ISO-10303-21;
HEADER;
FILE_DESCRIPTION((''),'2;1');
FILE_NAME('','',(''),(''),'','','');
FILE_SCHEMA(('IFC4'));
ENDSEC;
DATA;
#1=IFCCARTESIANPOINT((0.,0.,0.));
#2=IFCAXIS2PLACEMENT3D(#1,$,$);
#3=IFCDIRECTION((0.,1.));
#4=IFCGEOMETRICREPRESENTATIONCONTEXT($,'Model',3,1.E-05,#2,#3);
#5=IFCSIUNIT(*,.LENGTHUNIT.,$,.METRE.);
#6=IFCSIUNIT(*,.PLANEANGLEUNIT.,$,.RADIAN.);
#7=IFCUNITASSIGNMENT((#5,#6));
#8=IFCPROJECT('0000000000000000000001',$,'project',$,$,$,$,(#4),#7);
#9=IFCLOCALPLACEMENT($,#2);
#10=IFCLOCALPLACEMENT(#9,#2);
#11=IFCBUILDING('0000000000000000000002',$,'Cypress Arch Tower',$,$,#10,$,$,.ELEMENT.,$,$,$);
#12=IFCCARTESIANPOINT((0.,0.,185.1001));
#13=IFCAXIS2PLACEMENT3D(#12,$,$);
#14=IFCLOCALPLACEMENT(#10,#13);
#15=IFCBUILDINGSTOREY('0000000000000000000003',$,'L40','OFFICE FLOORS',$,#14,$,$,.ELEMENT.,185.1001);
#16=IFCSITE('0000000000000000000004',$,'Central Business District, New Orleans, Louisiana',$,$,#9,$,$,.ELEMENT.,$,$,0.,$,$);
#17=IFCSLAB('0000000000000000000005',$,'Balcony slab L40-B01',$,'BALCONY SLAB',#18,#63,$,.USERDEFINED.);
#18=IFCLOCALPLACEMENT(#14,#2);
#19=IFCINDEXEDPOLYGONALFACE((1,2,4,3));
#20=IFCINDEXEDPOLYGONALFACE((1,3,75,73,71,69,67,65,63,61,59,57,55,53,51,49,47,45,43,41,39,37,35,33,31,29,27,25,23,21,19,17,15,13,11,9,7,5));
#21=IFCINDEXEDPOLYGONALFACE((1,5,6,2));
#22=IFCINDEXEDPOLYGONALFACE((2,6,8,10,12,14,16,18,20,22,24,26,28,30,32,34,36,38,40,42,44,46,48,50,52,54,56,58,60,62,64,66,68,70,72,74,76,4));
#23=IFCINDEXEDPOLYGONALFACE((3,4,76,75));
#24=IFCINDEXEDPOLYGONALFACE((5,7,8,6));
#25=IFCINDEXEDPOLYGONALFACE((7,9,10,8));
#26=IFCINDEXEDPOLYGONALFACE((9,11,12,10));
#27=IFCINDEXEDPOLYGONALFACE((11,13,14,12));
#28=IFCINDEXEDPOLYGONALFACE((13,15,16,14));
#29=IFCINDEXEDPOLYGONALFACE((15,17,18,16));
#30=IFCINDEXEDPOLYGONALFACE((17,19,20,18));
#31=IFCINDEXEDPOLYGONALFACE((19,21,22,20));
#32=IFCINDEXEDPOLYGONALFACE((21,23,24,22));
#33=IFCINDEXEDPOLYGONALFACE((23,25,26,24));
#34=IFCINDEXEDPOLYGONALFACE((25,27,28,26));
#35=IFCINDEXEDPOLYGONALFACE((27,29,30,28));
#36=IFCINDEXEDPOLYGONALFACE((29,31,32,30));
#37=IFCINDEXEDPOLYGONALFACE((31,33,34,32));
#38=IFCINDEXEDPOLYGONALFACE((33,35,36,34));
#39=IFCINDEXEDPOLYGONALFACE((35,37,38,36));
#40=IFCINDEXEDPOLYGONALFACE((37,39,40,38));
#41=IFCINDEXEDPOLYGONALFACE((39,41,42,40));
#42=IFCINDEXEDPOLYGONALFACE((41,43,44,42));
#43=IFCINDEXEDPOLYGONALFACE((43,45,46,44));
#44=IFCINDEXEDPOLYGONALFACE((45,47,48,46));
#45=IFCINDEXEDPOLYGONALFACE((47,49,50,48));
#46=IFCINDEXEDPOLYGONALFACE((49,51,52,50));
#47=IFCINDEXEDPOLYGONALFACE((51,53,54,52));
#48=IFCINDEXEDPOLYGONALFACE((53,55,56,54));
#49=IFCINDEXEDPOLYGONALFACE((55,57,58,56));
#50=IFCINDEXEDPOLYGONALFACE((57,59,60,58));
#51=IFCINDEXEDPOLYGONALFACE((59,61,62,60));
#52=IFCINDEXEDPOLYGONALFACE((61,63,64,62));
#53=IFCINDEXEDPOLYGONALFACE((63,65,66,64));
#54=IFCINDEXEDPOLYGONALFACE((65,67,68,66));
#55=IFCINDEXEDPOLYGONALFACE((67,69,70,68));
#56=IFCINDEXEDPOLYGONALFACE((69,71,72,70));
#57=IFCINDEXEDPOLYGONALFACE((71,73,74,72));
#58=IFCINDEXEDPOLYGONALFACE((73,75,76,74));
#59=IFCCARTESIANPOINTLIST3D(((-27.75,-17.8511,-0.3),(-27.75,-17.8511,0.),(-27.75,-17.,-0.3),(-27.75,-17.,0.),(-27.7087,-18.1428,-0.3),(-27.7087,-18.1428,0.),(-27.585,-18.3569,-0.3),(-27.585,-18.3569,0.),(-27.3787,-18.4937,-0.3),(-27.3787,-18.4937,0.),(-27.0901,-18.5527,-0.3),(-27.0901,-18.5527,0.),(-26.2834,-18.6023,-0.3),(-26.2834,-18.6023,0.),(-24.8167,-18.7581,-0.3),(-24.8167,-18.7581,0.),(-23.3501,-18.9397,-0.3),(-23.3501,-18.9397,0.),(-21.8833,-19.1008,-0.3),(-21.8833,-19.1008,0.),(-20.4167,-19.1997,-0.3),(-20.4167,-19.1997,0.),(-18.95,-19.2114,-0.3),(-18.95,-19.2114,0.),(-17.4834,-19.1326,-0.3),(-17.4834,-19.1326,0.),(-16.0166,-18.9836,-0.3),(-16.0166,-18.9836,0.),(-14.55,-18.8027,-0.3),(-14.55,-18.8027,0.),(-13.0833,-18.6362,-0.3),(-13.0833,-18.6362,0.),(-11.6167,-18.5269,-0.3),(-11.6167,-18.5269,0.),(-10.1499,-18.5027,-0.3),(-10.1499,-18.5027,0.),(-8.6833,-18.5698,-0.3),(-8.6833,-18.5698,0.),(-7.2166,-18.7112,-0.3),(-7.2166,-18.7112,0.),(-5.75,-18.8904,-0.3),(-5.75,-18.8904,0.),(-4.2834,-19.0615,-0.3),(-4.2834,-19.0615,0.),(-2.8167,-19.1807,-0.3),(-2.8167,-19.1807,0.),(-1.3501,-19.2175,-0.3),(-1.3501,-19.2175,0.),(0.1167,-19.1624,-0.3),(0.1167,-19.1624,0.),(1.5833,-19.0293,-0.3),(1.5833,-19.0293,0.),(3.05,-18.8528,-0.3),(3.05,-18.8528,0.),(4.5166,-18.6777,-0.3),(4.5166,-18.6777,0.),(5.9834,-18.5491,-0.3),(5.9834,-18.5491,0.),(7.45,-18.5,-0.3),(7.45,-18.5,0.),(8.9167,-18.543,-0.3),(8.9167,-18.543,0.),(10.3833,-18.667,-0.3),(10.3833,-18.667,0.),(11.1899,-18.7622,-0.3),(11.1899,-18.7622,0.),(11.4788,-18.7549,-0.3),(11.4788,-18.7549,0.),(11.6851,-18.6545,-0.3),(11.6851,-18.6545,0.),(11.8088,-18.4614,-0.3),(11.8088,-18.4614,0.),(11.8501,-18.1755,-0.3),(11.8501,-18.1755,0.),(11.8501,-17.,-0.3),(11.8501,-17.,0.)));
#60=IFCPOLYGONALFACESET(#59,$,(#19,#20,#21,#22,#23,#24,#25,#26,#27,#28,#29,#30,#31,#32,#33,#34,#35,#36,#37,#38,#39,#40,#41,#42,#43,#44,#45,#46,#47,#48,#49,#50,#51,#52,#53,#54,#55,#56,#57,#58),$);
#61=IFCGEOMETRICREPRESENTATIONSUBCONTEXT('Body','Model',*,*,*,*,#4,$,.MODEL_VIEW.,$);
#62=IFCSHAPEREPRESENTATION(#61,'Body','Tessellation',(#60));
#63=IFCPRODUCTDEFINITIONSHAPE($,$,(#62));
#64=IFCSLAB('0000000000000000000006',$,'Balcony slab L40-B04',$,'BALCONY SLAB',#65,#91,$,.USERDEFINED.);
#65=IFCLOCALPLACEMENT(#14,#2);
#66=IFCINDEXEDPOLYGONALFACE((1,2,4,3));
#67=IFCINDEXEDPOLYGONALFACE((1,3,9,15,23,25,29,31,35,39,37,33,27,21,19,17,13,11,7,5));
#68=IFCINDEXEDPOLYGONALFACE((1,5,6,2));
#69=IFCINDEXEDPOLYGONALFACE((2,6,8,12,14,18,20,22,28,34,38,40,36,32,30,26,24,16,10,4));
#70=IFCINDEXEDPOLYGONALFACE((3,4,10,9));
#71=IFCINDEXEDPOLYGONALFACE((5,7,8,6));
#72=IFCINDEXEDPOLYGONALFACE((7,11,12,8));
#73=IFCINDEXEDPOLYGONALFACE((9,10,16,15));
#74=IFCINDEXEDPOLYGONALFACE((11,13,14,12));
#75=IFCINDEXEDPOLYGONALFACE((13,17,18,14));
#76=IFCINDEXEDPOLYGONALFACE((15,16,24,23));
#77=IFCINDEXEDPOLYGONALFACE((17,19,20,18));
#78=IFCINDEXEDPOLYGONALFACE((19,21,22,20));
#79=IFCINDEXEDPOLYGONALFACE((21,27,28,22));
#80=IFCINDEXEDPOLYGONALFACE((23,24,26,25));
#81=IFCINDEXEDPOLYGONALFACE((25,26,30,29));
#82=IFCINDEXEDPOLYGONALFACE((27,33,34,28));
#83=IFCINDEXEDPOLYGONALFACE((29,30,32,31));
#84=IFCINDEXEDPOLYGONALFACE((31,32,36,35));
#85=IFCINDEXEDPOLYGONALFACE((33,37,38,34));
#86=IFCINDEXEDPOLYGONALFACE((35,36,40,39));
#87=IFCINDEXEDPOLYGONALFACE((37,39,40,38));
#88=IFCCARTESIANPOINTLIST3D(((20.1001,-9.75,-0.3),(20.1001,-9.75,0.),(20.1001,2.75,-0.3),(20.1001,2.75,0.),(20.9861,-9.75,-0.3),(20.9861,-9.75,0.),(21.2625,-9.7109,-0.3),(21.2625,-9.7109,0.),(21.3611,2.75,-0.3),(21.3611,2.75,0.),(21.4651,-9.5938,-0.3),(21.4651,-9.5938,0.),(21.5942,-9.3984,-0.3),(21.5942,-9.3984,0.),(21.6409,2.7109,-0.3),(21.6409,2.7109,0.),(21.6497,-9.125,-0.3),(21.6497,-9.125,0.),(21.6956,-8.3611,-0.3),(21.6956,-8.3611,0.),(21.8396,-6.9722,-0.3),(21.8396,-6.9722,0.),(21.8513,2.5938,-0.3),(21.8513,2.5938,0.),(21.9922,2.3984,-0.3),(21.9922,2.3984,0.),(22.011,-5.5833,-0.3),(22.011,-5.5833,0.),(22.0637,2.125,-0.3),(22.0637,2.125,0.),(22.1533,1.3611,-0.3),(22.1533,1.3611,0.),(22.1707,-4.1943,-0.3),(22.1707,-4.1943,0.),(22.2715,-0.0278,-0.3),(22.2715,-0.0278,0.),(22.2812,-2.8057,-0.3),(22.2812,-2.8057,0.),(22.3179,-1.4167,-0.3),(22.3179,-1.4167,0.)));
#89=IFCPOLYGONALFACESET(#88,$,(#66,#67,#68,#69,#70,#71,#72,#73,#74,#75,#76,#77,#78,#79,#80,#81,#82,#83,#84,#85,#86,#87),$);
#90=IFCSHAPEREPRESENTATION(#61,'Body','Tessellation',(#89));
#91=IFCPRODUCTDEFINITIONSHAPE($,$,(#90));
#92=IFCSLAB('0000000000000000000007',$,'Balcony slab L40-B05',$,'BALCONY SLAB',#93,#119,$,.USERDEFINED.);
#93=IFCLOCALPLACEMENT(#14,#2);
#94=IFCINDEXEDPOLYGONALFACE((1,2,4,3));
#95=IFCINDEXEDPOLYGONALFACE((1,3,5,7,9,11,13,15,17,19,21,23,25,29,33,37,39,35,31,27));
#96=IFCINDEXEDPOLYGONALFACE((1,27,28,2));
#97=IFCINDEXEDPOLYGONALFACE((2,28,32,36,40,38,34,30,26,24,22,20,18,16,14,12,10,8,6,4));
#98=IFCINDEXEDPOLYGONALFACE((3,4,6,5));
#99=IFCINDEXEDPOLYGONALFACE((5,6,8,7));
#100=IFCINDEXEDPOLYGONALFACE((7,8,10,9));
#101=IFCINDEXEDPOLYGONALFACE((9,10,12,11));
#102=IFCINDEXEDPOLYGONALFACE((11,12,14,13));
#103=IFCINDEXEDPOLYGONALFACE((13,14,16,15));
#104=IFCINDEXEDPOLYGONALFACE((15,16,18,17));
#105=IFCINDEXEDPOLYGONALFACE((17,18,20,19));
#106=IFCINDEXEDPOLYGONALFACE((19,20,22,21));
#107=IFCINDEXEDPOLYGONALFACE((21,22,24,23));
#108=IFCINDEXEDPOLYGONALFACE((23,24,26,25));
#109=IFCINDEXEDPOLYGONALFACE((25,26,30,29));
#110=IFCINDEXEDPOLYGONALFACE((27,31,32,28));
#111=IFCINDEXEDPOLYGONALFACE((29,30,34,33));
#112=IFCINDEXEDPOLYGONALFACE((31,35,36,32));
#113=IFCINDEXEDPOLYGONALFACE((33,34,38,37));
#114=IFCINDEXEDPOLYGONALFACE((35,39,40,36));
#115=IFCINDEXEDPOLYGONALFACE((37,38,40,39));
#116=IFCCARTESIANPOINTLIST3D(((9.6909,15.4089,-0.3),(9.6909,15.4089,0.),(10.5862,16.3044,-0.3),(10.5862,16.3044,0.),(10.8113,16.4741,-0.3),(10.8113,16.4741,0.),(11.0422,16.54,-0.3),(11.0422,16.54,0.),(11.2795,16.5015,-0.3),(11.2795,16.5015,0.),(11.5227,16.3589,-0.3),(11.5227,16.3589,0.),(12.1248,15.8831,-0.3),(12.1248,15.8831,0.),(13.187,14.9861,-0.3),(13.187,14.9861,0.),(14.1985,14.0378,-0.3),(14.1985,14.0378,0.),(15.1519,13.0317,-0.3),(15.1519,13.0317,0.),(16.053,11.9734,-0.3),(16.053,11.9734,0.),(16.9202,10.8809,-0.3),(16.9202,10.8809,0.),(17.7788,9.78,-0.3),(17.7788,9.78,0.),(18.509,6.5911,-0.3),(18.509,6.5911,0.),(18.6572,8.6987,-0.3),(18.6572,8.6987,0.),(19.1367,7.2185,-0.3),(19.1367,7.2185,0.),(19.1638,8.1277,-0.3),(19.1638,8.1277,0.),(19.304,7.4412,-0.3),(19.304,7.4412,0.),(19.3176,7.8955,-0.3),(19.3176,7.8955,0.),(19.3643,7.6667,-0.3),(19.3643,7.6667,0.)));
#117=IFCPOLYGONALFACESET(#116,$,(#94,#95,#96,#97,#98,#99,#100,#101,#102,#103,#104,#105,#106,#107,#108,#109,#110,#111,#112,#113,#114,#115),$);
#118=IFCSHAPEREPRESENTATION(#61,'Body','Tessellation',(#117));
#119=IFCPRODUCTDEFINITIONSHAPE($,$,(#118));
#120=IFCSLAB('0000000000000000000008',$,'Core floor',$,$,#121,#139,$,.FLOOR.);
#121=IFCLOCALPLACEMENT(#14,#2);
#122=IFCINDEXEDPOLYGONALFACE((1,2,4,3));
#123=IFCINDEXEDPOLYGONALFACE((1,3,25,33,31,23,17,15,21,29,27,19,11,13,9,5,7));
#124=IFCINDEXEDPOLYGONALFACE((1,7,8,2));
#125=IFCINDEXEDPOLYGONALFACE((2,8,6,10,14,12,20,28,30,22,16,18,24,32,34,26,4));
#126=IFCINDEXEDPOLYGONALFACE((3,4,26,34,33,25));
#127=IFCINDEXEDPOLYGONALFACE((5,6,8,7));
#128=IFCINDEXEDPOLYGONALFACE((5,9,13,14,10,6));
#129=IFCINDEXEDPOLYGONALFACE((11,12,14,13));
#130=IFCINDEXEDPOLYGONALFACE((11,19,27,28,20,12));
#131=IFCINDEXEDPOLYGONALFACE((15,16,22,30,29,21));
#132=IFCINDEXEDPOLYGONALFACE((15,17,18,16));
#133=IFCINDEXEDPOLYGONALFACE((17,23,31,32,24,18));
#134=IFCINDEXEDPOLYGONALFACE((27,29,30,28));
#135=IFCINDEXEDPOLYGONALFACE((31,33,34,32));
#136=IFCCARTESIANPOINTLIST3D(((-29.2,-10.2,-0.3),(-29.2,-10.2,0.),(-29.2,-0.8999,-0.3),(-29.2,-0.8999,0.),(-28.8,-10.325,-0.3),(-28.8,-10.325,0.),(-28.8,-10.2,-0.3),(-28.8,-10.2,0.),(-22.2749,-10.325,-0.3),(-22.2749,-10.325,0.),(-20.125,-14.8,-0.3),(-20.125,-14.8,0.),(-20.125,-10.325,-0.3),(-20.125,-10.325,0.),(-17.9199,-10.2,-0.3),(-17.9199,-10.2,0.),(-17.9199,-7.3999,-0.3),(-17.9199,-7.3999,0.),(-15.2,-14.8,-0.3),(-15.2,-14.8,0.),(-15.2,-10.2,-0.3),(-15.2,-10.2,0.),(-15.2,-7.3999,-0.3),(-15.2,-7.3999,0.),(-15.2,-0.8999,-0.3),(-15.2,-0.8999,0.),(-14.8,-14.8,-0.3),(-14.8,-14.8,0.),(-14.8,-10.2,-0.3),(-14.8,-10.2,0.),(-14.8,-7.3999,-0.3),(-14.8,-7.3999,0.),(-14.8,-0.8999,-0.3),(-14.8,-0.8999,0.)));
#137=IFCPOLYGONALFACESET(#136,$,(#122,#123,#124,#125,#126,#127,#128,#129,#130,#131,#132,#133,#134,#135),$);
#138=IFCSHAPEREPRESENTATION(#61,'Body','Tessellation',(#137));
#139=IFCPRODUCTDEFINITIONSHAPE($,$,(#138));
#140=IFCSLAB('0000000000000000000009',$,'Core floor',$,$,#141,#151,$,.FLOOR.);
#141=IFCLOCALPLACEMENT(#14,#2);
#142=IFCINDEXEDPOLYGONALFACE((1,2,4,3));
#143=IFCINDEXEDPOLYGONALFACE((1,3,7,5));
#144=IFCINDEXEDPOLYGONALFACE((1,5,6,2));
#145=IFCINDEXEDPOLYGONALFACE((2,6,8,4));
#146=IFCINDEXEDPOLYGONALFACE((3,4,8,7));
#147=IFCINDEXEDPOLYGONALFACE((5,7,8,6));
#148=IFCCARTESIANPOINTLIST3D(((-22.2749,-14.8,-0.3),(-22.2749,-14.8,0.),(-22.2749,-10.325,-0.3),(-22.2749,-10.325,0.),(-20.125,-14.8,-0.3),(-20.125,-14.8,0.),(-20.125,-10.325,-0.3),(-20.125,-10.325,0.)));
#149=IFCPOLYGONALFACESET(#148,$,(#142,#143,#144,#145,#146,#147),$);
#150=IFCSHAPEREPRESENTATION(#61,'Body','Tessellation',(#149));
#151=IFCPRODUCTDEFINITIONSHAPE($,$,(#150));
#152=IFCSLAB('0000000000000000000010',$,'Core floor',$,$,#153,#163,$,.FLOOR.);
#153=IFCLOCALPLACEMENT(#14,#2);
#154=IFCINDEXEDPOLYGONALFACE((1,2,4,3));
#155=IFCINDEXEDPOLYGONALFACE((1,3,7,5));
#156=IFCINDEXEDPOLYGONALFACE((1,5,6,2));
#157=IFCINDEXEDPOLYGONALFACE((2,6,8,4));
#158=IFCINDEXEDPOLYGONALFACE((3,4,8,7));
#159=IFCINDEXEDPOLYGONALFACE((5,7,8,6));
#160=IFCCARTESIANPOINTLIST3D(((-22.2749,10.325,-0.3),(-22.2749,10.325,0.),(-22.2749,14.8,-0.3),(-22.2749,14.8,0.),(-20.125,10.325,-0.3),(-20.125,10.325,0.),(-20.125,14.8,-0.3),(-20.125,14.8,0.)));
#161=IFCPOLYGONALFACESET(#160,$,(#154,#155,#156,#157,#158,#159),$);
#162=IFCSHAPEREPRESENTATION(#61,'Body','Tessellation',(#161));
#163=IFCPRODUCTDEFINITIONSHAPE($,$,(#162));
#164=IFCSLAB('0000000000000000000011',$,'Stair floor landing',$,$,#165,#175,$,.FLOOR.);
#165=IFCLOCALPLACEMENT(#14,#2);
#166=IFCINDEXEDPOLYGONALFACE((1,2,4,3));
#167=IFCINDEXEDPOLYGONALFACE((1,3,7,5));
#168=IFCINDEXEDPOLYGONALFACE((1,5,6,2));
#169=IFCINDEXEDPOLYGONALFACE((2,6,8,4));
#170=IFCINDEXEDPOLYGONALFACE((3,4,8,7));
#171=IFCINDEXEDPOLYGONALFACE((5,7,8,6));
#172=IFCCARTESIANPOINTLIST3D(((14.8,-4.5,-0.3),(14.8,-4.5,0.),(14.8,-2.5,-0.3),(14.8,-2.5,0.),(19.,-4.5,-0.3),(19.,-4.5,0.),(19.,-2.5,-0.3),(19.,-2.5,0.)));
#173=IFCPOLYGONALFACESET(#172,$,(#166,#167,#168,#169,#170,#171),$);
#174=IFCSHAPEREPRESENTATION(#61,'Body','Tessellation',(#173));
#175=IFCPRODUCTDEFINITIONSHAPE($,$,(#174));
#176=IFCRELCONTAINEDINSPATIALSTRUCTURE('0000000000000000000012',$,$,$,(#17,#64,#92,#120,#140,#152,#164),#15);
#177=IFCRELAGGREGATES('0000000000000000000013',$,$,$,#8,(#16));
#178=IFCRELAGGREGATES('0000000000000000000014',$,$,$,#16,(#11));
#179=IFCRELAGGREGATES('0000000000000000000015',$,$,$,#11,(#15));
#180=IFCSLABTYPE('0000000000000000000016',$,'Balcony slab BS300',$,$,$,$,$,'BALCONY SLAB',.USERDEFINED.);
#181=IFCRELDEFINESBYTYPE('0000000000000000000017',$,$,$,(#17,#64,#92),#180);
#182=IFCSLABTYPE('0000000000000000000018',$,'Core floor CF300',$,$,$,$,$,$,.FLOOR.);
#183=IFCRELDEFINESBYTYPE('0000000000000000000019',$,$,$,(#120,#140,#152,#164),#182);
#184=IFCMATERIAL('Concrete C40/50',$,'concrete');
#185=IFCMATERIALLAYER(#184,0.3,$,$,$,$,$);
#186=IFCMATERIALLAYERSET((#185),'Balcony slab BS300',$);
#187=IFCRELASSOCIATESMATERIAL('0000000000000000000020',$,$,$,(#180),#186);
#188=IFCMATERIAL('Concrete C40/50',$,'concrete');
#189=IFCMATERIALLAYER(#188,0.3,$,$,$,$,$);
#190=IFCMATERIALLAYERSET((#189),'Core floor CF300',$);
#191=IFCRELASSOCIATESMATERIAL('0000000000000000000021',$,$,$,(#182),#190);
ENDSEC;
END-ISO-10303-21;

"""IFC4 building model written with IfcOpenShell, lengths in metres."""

from ifc_helpers import new_model, si_unit, direction, frame, origin, place, context, subcontext, project, spatial, polyline, outline, extrude, material, layer, layer_set, type_object, element, save


model = new_model("IFC4")

# Units and contexts
model_context = context("Model", 3, precision=1e-05, world=origin(), true_north=direction((0.0, 1.0)))
body_context = subcontext(model_context, "Body", "Model", "MODEL_VIEW")
ifc_project = project(units=[si_unit("LENGTHUNIT", "METRE"), si_unit("PLANEANGLEUNIT", "RADIAN")], contexts=[model_context])

# Site, building, storey
site_placement = place(None, origin())
site = spatial("IfcSite", under=ifc_project, at=site_placement, Name="Central Business District, New Orleans, Louisiana", CompositionType="ELEMENT", RefElevation=0.0)
building_placement = place(site_placement, origin())
building = spatial("IfcBuilding", under=site, at=building_placement, Name="Cypress Arch Tower", CompositionType="ELEMENT")
storey_placement = place(building_placement, frame((0.0, 0.0, 185.1001)))
storey = spatial("IfcBuildingStorey", under=building, at=storey_placement, Name="L40", Description="OFFICE FLOORS", CompositionType="ELEMENT", Elevation=185.1001)

# Slabs
ifc_material_1 = material(Name="Concrete C40/50", Category="concrete")
ifc_layer_1 = layer(ifc_material_1, 0.3)
ifc_layer_set_1 = layer_set([ifc_layer_1], Name="Balcony slab BS300")
slab_type_1 = type_object("IfcSlabType", Name="Balcony slab BS300", ElementType="BALCONY SLAB", PredefinedType="USERDEFINED", material=ifc_layer_set_1)
slab_1_placement = place(storey_placement, frame((0.0, 0.0, -0.3)))
element("IfcSlab", 1, at=slab_1_placement, inside=storey, type_object=slab_type_1, Name="Balcony slab L40-B01", ObjectType="BALCONY SLAB", PredefinedType="USERDEFINED", context=body_context, shape_type="SweptSolid", body=[
    extrude(outline(polyline([(-27.75, -17.0), (-27.75, -17.8511), (-27.7087, -18.1428), (-27.585, -18.3569), (-27.3787, -18.4937), (-27.0901, -18.5527), (-26.2834, -18.6023), (-24.8167, -18.7581), (-23.3501, -18.9397), (-21.8833, -19.1008), (-20.4167, -19.1997), (-18.95, -19.2114), (-17.4834, -19.1326), (-16.0166, -18.9836), (-14.55, -18.8027), (-13.0833, -18.6362), (-11.6167, -18.5269), (-10.1499, -18.5027), (-8.6833, -18.5698), (-7.2166, -18.7112), (-5.75, -18.8904), (-4.2834, -19.0615), (-2.8167, -19.1807), (-1.3501, -19.2175), (0.1167, -19.1624), (1.5833, -19.0293), (3.05, -18.8528), (4.5166, -18.6777), (5.9834, -18.5491), (7.45, -18.5), (8.9167, -18.543), (10.3833, -18.667), (11.1899, -18.7622), (11.4788, -18.7549), (11.6851, -18.6545), (11.8088, -18.4614), (11.8501, -18.1755), (11.8501, -17.0), (-27.75, -17.0)])), origin(), (0.0, 0.0, 1.0), 0.3),
])
slab_2_placement = place(storey_placement, frame((0.0, 0.0, -0.3)))
element("IfcSlab", 2, at=slab_2_placement, inside=storey, type_object=slab_type_1, Name="Balcony slab L40-B04", ObjectType="BALCONY SLAB", PredefinedType="USERDEFINED", context=body_context, shape_type="SweptSolid", body=[
    extrude(outline(polyline([(20.1001, -9.75), (20.9861, -9.75), (21.2625, -9.7109), (21.4651, -9.5938), (21.5942, -9.3984), (21.6497, -9.125), (21.6956, -8.3611), (21.8396, -6.9722), (22.011, -5.5833), (22.1707, -4.1943), (22.2812, -2.8057), (22.3179, -1.4167), (22.2715, -0.0278), (22.1533, 1.3611), (22.0637, 2.125), (21.9922, 2.3984), (21.8513, 2.5938), (21.6409, 2.7109), (21.3611, 2.75), (20.1001, 2.75), (20.1001, -9.75)])), origin(), (0.0, 0.0, 1.0), 0.3),
])
slab_3_placement = place(storey_placement, frame((0.0, 0.0, -0.3)))
element("IfcSlab", 3, at=slab_3_placement, inside=storey, type_object=slab_type_1, Name="Balcony slab L40-B05", ObjectType="BALCONY SLAB", PredefinedType="USERDEFINED", context=body_context, shape_type="SweptSolid", body=[
    extrude(outline(polyline([(18.509, 6.5911), (19.1367, 7.2185), (19.304, 7.4412), (19.3643, 7.6667), (19.3176, 7.8955), (19.1638, 8.1277), (18.6572, 8.6987), (17.7788, 9.78), (16.9202, 10.8809), (16.053, 11.9734), (15.1519, 13.0317), (14.1985, 14.0378), (13.187, 14.9861), (12.1248, 15.8831), (11.5227, 16.3589), (11.2795, 16.5015), (11.0422, 16.54), (10.8113, 16.4741), (10.5862, 16.3044), (9.6909, 15.4089), (18.509, 6.5911)])), origin(), (0.0, 0.0, 1.0), 0.3),
])
ifc_material_2 = material(Name="Concrete C40/50", Category="concrete")
ifc_layer_2 = layer(ifc_material_2, 0.3)
ifc_layer_set_2 = layer_set([ifc_layer_2], Name="Core floor CF300")
slab_type_2 = type_object("IfcSlabType", Name="Core floor CF300", PredefinedType="FLOOR", material=ifc_layer_set_2)
slab_4_placement = place(storey_placement, frame((0.0, 0.0, -0.3)))
element("IfcSlab", 4, at=slab_4_placement, inside=storey, type_object=slab_type_2, Name="Core floor", PredefinedType="FLOOR", context=body_context, shape_type="SweptSolid", body=[
    extrude(outline(polyline([(-28.8, -10.2), (-29.2, -10.2), (-29.2, -0.8999), (-15.2, -0.8999), (-14.8, -0.8999), (-14.8, -7.3999), (-15.2, -7.3999), (-17.9199, -7.3999), (-17.9199, -10.2), (-15.2, -10.2), (-14.8, -10.2), (-14.8, -14.8), (-15.2, -14.8), (-20.125, -14.8), (-20.125, -10.325), (-22.2749, -10.325), (-28.8, -10.325), (-28.8, -10.2)])), origin(), (0.0, 0.0, 1.0), 0.3),
])
slab_5_placement = place(storey_placement, frame((0.0, 0.0, -0.3)))
element("IfcSlab", 5, at=slab_5_placement, inside=storey, type_object=slab_type_2, Name="Core floor", PredefinedType="FLOOR", context=body_context, shape_type="SweptSolid", body=[
    extrude(outline(polyline([(-22.2749, -10.325), (-22.2749, -14.8), (-20.125, -14.8), (-20.125, -10.325), (-22.2749, -10.325)])), origin(), (0.0, 0.0, 1.0), 0.3),
])
slab_6_placement = place(storey_placement, frame((0.0, 0.0, -0.3)))
element("IfcSlab", 6, at=slab_6_placement, inside=storey, type_object=slab_type_2, Name="Core floor", PredefinedType="FLOOR", context=body_context, shape_type="SweptSolid", body=[
    extrude(outline(polyline([(-20.125, 14.8), (-22.2749, 14.8), (-22.2749, 10.325), (-20.125, 10.325), (-20.125, 14.8)])), origin(), (0.0, 0.0, 1.0), 0.3),
])
slab_7_placement = place(storey_placement, frame((0.0, 0.0, -0.3)))
element("IfcSlab", 7, at=slab_7_placement, inside=storey, type_object=slab_type_2, Name="Stair floor landing", PredefinedType="FLOOR", context=body_context, shape_type="SweptSolid", body=[
    extrude(outline(polyline([(19.0, -4.5), (19.0, -2.5), (14.8, -2.5), (14.8, -4.5), (19.0, -4.5)])), origin(), (0.0, 0.0, 1.0), 0.3),
])

save(model, "model.ifc")
